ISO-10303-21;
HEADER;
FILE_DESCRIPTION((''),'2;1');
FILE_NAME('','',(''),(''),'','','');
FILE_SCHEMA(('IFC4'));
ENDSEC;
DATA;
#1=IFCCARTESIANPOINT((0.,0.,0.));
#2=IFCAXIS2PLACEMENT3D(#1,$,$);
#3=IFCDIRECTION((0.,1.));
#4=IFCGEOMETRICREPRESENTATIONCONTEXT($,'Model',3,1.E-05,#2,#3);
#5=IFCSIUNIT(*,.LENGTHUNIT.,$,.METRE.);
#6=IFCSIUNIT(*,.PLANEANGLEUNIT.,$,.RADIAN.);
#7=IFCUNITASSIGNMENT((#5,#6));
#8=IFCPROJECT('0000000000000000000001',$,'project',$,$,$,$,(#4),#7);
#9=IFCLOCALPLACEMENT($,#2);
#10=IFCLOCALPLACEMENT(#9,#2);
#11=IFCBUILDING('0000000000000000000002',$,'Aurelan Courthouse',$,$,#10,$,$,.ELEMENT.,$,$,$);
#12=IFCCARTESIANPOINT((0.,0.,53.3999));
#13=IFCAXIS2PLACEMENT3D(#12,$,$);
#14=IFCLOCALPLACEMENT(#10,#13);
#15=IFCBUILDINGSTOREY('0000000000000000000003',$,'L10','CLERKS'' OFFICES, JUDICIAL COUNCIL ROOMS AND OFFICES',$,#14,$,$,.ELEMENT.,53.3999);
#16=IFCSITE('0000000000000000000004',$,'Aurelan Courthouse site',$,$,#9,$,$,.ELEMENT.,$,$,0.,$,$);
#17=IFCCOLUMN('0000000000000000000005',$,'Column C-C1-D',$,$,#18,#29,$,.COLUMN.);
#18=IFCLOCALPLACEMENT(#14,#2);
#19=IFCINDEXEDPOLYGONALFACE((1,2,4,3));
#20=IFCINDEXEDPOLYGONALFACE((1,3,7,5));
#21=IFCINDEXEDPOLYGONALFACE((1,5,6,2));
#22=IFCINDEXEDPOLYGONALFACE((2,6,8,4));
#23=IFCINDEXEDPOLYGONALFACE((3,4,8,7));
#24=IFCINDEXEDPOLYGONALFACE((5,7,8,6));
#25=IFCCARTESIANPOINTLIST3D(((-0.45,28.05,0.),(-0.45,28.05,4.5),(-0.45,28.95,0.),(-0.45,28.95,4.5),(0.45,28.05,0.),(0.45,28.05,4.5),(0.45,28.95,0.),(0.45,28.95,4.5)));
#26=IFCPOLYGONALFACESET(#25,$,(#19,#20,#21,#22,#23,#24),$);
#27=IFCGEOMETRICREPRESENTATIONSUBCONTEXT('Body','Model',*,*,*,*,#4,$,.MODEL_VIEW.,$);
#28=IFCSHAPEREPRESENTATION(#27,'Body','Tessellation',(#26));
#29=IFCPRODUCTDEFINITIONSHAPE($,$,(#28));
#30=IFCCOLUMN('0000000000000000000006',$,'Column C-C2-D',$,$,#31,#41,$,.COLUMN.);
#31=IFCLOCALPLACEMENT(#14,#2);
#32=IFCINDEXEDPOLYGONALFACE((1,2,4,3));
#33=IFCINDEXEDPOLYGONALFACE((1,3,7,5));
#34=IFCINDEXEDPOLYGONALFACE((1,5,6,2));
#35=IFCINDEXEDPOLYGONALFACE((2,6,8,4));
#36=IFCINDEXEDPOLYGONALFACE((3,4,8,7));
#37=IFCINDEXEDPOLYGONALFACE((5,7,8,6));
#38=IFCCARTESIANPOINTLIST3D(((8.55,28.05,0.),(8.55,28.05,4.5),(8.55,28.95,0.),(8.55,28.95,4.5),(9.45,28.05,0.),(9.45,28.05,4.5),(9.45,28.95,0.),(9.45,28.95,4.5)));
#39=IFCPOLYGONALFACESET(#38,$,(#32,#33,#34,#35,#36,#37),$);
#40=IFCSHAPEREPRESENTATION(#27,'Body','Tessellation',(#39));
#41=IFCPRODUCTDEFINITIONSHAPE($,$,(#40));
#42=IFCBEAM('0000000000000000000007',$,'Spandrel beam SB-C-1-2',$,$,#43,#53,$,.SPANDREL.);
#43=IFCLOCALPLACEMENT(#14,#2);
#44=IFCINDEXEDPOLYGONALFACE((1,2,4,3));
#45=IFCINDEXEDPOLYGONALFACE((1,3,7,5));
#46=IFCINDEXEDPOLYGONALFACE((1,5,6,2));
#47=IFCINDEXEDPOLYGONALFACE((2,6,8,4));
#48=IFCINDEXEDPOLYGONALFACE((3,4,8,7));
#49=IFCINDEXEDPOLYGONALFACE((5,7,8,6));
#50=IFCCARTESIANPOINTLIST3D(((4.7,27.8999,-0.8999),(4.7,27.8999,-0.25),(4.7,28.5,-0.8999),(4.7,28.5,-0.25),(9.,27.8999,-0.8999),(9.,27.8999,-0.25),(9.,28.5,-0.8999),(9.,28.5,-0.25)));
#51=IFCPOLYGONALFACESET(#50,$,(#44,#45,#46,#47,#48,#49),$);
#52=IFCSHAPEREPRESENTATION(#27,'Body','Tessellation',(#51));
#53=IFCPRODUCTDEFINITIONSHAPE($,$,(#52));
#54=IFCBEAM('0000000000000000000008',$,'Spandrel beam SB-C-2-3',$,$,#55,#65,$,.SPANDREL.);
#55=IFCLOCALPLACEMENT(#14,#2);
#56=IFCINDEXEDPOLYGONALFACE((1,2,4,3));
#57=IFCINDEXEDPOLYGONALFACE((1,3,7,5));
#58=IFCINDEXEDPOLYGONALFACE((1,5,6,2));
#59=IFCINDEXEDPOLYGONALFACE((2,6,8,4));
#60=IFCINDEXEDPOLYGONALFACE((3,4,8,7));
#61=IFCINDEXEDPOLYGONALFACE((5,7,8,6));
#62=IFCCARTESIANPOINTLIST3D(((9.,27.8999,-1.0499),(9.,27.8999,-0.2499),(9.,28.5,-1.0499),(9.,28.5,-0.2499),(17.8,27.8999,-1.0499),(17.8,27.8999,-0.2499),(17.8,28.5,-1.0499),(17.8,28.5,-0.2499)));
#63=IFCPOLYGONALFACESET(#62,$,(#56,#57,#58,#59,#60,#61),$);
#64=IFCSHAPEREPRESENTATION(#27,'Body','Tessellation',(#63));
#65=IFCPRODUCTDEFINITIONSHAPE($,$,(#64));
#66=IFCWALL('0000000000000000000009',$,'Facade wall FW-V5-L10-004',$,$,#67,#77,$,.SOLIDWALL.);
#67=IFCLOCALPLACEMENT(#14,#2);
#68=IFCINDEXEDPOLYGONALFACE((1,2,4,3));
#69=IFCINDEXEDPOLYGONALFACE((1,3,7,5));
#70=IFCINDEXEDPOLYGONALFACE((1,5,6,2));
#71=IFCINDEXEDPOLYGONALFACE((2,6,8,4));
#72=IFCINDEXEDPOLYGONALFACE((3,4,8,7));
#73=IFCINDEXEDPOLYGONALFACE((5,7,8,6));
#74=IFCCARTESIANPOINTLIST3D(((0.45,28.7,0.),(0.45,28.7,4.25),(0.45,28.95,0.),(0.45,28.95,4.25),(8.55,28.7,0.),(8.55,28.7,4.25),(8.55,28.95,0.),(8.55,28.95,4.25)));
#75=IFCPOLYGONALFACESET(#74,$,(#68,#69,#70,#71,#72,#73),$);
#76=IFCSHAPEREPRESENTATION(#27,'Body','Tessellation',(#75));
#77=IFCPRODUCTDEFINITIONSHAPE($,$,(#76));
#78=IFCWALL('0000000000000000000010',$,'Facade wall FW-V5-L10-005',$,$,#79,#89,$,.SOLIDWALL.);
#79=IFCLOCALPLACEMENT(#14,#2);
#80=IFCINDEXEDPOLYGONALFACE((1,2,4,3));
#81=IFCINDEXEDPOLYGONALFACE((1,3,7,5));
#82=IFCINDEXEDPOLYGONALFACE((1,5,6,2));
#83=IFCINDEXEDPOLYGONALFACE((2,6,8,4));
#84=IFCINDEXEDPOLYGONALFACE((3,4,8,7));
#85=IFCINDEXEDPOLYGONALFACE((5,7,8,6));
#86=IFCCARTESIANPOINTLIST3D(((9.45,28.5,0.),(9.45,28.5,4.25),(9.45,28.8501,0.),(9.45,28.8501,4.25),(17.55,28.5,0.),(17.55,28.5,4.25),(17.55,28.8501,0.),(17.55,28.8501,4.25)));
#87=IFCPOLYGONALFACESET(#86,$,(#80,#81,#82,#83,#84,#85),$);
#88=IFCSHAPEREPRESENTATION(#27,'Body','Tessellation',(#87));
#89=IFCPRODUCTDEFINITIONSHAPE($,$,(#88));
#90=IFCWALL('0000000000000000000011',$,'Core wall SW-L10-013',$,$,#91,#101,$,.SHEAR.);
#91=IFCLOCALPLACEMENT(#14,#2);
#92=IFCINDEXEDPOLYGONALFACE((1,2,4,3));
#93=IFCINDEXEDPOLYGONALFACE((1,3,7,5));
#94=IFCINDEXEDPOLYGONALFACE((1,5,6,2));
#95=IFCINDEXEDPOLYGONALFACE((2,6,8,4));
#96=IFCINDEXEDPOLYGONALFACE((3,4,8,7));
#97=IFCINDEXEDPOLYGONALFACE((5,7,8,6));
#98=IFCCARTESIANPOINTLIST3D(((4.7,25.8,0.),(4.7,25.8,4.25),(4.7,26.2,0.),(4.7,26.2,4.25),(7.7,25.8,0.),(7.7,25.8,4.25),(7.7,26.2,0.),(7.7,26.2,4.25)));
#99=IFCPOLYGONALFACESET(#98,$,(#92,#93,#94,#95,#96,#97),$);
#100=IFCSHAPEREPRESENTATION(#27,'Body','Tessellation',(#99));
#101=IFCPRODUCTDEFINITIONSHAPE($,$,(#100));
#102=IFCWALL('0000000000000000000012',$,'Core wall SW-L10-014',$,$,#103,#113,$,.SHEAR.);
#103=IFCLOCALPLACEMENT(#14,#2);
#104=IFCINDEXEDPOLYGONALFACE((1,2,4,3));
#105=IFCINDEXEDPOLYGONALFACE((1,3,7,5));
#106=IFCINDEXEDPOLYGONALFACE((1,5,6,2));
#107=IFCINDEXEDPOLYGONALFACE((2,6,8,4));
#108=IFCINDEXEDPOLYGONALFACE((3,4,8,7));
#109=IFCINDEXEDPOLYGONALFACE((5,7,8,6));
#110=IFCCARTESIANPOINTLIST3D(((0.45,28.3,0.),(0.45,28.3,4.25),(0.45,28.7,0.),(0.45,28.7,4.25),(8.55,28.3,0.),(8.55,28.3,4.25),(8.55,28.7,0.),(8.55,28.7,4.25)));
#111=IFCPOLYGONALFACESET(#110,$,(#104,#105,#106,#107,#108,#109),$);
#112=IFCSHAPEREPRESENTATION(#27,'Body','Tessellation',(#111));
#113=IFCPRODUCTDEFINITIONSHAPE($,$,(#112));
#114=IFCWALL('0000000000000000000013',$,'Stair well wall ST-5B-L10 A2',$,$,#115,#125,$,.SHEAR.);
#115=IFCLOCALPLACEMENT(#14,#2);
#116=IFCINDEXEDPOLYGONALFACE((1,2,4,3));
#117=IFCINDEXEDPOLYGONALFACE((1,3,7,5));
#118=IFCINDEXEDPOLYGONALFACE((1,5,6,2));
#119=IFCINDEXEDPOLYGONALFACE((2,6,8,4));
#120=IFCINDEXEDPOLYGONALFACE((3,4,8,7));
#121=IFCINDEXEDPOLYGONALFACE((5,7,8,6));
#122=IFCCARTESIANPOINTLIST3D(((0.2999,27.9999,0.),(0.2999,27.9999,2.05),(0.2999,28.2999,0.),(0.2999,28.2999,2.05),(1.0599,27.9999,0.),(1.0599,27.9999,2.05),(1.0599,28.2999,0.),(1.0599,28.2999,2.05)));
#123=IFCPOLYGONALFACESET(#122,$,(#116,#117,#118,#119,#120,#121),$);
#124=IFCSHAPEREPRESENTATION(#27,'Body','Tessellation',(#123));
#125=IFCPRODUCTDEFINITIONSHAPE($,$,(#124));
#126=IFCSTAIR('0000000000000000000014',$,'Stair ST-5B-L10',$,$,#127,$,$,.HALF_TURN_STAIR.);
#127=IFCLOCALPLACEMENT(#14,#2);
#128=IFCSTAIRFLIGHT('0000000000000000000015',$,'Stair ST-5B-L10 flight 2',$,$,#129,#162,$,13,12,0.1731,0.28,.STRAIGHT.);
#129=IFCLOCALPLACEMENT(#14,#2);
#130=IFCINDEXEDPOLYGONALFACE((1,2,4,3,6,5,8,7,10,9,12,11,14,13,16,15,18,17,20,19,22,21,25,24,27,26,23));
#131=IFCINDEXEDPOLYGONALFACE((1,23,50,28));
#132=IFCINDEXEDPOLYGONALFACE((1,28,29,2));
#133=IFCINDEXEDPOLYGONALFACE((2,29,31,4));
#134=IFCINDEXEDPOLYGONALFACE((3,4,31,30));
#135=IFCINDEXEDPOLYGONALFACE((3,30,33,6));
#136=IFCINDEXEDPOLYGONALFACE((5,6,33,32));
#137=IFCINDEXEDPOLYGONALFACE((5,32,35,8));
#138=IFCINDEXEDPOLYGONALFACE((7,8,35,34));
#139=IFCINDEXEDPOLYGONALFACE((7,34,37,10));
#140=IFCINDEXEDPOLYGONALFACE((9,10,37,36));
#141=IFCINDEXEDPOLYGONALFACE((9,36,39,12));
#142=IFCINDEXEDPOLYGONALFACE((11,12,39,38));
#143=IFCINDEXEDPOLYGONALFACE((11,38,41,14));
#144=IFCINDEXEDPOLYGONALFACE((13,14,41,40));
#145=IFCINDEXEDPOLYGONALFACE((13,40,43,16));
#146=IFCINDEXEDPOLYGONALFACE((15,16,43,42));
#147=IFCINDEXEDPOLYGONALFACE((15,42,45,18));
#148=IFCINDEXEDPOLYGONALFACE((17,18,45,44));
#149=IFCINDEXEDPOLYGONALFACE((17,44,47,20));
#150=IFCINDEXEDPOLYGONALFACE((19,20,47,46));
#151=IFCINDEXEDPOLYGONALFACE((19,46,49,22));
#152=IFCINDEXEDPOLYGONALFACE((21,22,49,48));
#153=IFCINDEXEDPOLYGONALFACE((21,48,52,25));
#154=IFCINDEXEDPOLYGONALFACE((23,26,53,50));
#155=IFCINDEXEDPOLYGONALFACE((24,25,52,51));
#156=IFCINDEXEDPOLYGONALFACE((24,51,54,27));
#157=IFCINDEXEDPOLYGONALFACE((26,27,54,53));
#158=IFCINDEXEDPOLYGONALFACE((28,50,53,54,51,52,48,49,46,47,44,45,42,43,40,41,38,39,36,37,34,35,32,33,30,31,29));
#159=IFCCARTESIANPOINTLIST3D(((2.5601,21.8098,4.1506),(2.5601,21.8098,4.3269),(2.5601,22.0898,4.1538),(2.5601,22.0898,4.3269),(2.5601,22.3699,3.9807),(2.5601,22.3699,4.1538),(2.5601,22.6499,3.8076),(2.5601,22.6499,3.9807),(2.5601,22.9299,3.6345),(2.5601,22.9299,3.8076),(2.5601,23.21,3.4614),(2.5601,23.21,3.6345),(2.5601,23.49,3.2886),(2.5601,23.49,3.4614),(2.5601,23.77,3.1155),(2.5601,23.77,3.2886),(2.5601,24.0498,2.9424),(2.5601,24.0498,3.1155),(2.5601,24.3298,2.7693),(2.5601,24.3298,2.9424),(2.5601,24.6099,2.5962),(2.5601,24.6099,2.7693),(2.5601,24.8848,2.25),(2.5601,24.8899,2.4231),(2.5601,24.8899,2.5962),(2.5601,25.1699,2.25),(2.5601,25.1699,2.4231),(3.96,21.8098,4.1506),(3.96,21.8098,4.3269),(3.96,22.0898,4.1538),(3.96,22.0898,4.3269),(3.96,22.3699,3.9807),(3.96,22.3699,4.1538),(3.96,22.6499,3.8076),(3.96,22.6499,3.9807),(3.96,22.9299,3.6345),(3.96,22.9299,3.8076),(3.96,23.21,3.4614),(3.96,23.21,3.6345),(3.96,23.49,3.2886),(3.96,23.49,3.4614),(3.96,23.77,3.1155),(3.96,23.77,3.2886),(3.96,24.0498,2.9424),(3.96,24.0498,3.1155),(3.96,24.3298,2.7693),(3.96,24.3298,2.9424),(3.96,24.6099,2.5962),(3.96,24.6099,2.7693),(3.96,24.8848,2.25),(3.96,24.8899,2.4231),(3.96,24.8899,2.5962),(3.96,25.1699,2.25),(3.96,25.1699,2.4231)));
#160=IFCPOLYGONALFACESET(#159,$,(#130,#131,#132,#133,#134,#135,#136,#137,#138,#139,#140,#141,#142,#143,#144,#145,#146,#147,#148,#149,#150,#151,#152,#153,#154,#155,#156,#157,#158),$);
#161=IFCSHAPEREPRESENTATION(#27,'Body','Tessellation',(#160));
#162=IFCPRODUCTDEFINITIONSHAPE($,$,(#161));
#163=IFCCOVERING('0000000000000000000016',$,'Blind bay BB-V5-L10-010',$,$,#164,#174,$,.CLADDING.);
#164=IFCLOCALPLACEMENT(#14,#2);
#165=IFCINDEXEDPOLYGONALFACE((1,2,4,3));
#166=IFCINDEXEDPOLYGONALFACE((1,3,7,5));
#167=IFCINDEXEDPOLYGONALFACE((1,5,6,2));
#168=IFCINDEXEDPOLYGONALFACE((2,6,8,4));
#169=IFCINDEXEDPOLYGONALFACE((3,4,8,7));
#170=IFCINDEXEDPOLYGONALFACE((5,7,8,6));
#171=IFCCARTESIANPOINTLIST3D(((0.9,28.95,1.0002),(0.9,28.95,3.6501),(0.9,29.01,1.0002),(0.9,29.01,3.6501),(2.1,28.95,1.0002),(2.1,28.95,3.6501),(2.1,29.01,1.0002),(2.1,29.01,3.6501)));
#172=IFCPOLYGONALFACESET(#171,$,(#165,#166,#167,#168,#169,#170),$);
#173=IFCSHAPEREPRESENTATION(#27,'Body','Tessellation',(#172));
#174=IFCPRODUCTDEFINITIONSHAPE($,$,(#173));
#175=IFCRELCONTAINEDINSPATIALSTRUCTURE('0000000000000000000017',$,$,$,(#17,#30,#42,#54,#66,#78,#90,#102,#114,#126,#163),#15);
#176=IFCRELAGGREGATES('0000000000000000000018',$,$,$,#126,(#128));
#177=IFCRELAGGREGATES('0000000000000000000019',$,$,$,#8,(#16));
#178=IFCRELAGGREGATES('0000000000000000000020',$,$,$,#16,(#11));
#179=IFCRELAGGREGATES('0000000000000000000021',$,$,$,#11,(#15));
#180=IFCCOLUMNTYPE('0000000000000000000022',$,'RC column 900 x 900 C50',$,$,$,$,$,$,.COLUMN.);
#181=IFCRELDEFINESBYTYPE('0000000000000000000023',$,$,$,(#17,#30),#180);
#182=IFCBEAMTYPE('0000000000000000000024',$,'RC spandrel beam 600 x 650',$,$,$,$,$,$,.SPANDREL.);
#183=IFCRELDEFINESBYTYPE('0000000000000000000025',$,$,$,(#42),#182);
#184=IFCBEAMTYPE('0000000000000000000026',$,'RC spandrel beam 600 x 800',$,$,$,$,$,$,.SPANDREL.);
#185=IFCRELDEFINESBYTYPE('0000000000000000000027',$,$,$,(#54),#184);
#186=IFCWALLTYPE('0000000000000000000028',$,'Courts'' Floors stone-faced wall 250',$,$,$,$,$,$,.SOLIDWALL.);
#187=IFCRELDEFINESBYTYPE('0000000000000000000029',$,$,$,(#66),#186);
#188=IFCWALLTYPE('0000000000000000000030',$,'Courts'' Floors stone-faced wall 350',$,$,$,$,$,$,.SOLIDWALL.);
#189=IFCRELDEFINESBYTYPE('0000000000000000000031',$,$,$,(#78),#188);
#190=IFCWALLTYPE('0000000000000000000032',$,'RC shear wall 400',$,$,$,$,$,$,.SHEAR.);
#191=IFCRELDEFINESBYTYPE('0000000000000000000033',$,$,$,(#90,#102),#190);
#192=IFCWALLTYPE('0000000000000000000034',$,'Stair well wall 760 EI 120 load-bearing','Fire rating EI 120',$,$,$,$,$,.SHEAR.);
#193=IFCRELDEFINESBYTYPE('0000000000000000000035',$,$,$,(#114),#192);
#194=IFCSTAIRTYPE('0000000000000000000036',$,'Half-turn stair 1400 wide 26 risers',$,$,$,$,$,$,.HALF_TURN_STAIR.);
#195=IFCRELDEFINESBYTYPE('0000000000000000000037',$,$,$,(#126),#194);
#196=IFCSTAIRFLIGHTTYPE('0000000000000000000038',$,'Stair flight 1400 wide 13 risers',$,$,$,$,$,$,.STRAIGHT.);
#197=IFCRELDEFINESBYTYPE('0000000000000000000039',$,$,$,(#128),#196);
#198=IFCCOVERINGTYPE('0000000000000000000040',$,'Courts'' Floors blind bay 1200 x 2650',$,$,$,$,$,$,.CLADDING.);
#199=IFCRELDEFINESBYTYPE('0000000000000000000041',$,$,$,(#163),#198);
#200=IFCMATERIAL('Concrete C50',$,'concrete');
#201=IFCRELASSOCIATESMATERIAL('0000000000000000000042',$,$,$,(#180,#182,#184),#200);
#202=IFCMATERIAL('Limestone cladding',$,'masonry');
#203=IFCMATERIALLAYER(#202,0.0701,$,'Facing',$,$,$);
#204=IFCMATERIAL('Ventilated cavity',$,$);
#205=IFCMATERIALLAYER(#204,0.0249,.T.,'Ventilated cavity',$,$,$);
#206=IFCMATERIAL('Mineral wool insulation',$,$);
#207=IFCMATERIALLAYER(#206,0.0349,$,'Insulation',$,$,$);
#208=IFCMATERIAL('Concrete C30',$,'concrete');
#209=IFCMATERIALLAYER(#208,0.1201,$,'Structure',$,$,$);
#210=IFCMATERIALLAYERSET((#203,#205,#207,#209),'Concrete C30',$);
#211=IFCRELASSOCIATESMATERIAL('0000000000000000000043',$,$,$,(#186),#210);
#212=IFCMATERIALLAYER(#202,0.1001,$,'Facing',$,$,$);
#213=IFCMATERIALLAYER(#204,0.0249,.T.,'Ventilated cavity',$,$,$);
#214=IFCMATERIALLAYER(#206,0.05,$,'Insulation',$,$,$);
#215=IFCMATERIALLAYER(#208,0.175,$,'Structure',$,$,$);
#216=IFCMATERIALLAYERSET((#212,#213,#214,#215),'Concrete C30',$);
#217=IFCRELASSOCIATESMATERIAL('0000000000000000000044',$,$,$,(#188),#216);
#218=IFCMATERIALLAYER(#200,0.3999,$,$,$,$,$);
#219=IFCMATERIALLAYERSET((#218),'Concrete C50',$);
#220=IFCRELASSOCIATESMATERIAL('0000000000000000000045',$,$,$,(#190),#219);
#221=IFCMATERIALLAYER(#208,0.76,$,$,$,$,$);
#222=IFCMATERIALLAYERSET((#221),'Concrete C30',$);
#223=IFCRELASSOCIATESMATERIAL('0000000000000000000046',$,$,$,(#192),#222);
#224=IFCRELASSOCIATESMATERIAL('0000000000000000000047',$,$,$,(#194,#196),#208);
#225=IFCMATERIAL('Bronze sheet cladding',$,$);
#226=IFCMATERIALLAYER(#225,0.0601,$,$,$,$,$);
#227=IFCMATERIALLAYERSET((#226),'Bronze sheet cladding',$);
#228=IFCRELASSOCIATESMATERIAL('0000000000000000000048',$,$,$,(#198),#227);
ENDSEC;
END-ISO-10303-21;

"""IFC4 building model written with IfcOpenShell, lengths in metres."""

from ifc_helpers import new_model, si_unit, direction, frame, frame_2d, origin, origin_2d, place, context, subcontext, project, spatial, polyline, rectangle, outline, extrude, material, layer, layer_set, material_profile, profile_set, type_object, element, aggregate, save


model = new_model("IFC4")

# Units and contexts
model_context = context("Model", 3, precision=1e-05, world=origin(), true_north=direction((0.0, 1.0)))
body_context = subcontext(model_context, "Body", "Model", "MODEL_VIEW")
ifc_project = project(units=[si_unit("LENGTHUNIT", "METRE"), si_unit("PLANEANGLEUNIT", "RADIAN")], contexts=[model_context])

# Site, building, storey
site_placement = place(None, origin())
site = spatial("IfcSite", under=ifc_project, at=site_placement, Name="Aurelan Courthouse site", CompositionType="ELEMENT", RefElevation=0.0)
building_placement = place(site_placement, origin())
building = spatial("IfcBuilding", under=site, at=building_placement, Name="Aurelan Courthouse", CompositionType="ELEMENT")
storey_placement = place(building_placement, frame((0.0, 0.0, 53.3999)))
storey = spatial("IfcBuildingStorey", under=building, at=storey_placement, Name="L10", Description="CLERKS' OFFICES, JUDICIAL COUNCIL ROOMS AND OFFICES", CompositionType="ELEMENT", Elevation=53.3999)

# Columns
ifc_material_1 = material(Name="Concrete C50", Category="concrete")
ifc_material_profile_1 = material_profile(ifc_material_1, rectangle(XDim=0.8999, YDim=0.8999, at=origin_2d()), Name="RC 900 x 900")
ifc_profile_set_1 = profile_set([ifc_material_profile_1], Name="Concrete C50")
column_type = type_object("IfcColumnType", Name="RC column 900 x 900 C50", PredefinedType="COLUMN", material=ifc_profile_set_1)
for number, where, z_axis, x_axis, name in (
    (1, (0.0, 28.5, 0.0), (0.0, 0.0, 1.0), (1.0, 0.0, 0.0), "Column C-C1-D"),
    (2, (9.0, 28.5, 0.0), (0.0, 0.0, 1.0), (1.0, 0.0, 0.0), "Column C-C2-D"),
):
    element("IfcColumn", number, at=place(storey_placement, frame(where, z_axis=z_axis, x_axis=x_axis)), inside=storey, type_object=column_type, Name=name, PredefinedType="COLUMN", context=body_context, shape_type="SweptSolid", body=[
        extrude(rectangle(XDim=0.8999, YDim=0.8999, at=origin_2d()), origin(), (0.0, 0.0, 1.0), 4.5),
    ])

# Beams
ifc_material_profile_2 = material_profile(ifc_material_1, rectangle(XDim=0.6001, YDim=0.6499, at=origin_2d()), Name="RC 600 x 650")
ifc_profile_set_2 = profile_set([ifc_material_profile_2], Name="Concrete C50")
beam_type_1 = type_object("IfcBeamType", Name="RC spandrel beam 600 x 650", PredefinedType="SPANDREL", material=ifc_profile_set_2)
beam_1_placement = place(storey_placement, frame((4.7, 28.2, -0.575), z_axis=(1.0, 0.0, 0.0), x_axis=(0.0, 1.0, 0.0)))
element("IfcBeam", 3, at=beam_1_placement, inside=storey, type_object=beam_type_1, Name="Spandrel beam SB-C-1-2", PredefinedType="SPANDREL", context=body_context, shape_type="SweptSolid", body=[
    extrude(rectangle(XDim=0.6001, YDim=0.6499, at=origin_2d()), origin(), (0.0, 0.0, 1.0), 4.3),
])
ifc_material_profile_3 = material_profile(ifc_material_1, rectangle(XDim=0.6001, YDim=0.8, at=origin_2d()), Name="RC 600 x 800")
ifc_profile_set_3 = profile_set([ifc_material_profile_3], Name="Concrete C50")
beam_type_2 = type_object("IfcBeamType", Name="RC spandrel beam 600 x 800", PredefinedType="SPANDREL", material=ifc_profile_set_3)
beam_2_placement = place(storey_placement, frame((9.0, 28.2, -0.6499), z_axis=(1.0, 0.0, 0.0), x_axis=(0.0, 1.0, 0.0)))
element("IfcBeam", 4, at=beam_2_placement, inside=storey, type_object=beam_type_2, Name="Spandrel beam SB-C-2-3", PredefinedType="SPANDREL", context=body_context, shape_type="SweptSolid", body=[
    extrude(rectangle(XDim=0.6001, YDim=0.8, at=origin_2d()), origin(), (0.0, 0.0, 1.0), 8.8),
])

# Walls
ifc_material_2 = material(Name="Limestone cladding", Category="masonry")
ifc_layer_1 = layer(ifc_material_2, 0.0701, Name="Facing")
ifc_material_3 = material(Name="Ventilated cavity")
ifc_layer_2 = layer(ifc_material_3, 0.0249, ventilated=True, Name="Ventilated cavity")
ifc_material_4 = material(Name="Mineral wool insulation")
ifc_layer_3 = layer(ifc_material_4, 0.0349, Name="Insulation")
ifc_material_5 = material(Name="Concrete C30", Category="concrete")
ifc_layer_4 = layer(ifc_material_5, 0.1201, Name="Structure")
ifc_layer_set_1 = layer_set([ifc_layer_1, ifc_layer_2, ifc_layer_3, ifc_layer_4], Name="Concrete C30")
wall_type_1 = type_object("IfcWallType", Name="Courts' Floors stone-faced wall 250", PredefinedType="SOLIDWALL", material=ifc_layer_set_1)
wall_1_placement = place(storey_placement, frame((0.45, 28.825, 0.0), z_axis=(0.0, 0.0, 1.0), x_axis=(1.0, 0.0, 0.0)))
element("IfcWall", 5, at=wall_1_placement, inside=storey, type_object=wall_type_1, Name="Facade wall FW-V5-L10-004", PredefinedType="SOLIDWALL", context=body_context, shape_type="SweptSolid", body=[
    extrude(rectangle(XDim=8.1001, YDim=0.25, at=frame_2d((4.05, 0.0))), origin(), (0.0, 0.0, 1.0), 4.25),
])
ifc_layer_5 = layer(ifc_material_2, 0.1001, Name="Facing")
ifc_layer_6 = layer(ifc_material_3, 0.0249, ventilated=True, Name="Ventilated cavity")
ifc_layer_7 = layer(ifc_material_4, 0.05, Name="Insulation")
ifc_layer_8 = layer(ifc_material_5, 0.175, Name="Structure")
ifc_layer_set_2 = layer_set([ifc_layer_5, ifc_layer_6, ifc_layer_7, ifc_layer_8], Name="Concrete C30")
wall_type_2 = type_object("IfcWallType", Name="Courts' Floors stone-faced wall 350", PredefinedType="SOLIDWALL", material=ifc_layer_set_2)
wall_2_placement = place(storey_placement, frame((9.45, 28.675, 0.0), z_axis=(0.0, 0.0, 1.0), x_axis=(1.0, 0.0, 0.0)))
element("IfcWall", 6, at=wall_2_placement, inside=storey, type_object=wall_type_2, Name="Facade wall FW-V5-L10-005", PredefinedType="SOLIDWALL", context=body_context, shape_type="SweptSolid", body=[
    extrude(rectangle(XDim=8.1001, YDim=0.3501, at=frame_2d((4.05, 0.0))), origin(), (0.0, 0.0, 1.0), 4.25),
])
ifc_layer_9 = layer(ifc_material_1, 0.3999)
ifc_layer_set_3 = layer_set([ifc_layer_9], Name="Concrete C50")
wall_type_3 = type_object("IfcWallType", Name="RC shear wall 400", PredefinedType="SHEAR", material=ifc_layer_set_3)
wall_3_placement = place(storey_placement, frame((4.7, 26.0, 0.0), z_axis=(0.0, 0.0, 1.0), x_axis=(1.0, 0.0, 0.0)))
element("IfcWall", 7, at=wall_3_placement, inside=storey, type_object=wall_type_3, Name="Core wall SW-L10-013", PredefinedType="SHEAR", context=body_context, shape_type="SweptSolid", body=[
    extrude(rectangle(XDim=3.0, YDim=0.3999, at=frame_2d((1.5, 0.0))), origin(), (0.0, 0.0, 1.0), 4.25),
])
wall_4_placement = place(storey_placement, frame((0.45, 28.5, 0.0), z_axis=(0.0, 0.0, 1.0), x_axis=(1.0, 0.0, 0.0)))
element("IfcWall", 8, at=wall_4_placement, inside=storey, type_object=wall_type_3, Name="Core wall SW-L10-014", PredefinedType="SHEAR", context=body_context, shape_type="SweptSolid", body=[
    extrude(rectangle(XDim=8.1001, YDim=0.3999, at=frame_2d((4.05, 0.0))), origin(), (0.0, 0.0, 1.0), 4.25),
])
ifc_layer_10 = layer(ifc_material_5, 0.76)
ifc_layer_set_4 = layer_set([ifc_layer_10], Name="Concrete C30")
wall_type_4 = type_object("IfcWallType", Name="Stair well wall 760 EI 120 load-bearing", Description="Fire rating EI 120", PredefinedType="SHEAR", material=ifc_layer_set_4)
wall_5_placement = place(storey_placement, frame((0.6799, 28.0, 0.0), z_axis=(0.0, 0.0, 1.0), x_axis=(0.0, 1.0, 0.0)))
element("IfcWall", 9, at=wall_5_placement, inside=storey, type_object=wall_type_4, Name="Stair well wall ST-5B-L10 A2", PredefinedType="SHEAR", context=body_context, shape_type="SweptSolid", body=[
    extrude(rectangle(XDim=0.3, YDim=0.76, at=frame_2d((0.1499, 0.0))), origin(), (0.0, 0.0, 1.0), 2.05),
])

# Stair, stair flight
stair_type = type_object("IfcStairType", Name="Half-turn stair 1400 wide 26 risers", PredefinedType="HALF_TURN_STAIR", material=ifc_material_5)
stair_placement = place(storey_placement, origin())
stair = element("IfcStair", 10, at=stair_placement, inside=storey, type_object=stair_type, Name="Stair ST-5B-L10", PredefinedType="HALF_TURN_STAIR")
stair_flight_type = type_object("IfcStairFlightType", Name="Stair flight 1400 wide 13 risers", PredefinedType="STRAIGHT", material=ifc_material_5)
stair_flight_placement = place(storey_placement, frame((3.26, 25.1699, 2.25), z_axis=(0.0, 0.0, 1.0), x_axis=(0.0, -1.0, 0.0)))
stair_flight = element("IfcStairFlight", 11, at=stair_flight_placement, type_object=stair_flight_type, Name="Stair ST-5B-L10 flight 2", NumberOfRisers=13, NumberOfTreads=12, PredefinedType="STRAIGHT", RiserHeight=0.1731, TreadLength=0.28, context=body_context, shape_type="SweptSolid", body=[
    extrude(outline(polyline([(0.0, 0.0), (0.0, 0.1731), (0.28, 0.1731), (0.28, 0.3462), (0.5601, 0.3462), (0.5601, 0.5193), (0.8401, 0.5193), (0.8401, 0.6924), (1.1201, 0.6924), (1.1201, 0.8655), (1.3999, 0.8655), (1.3999, 1.0386), (1.6799, 1.0386), (1.6799, 1.2114), (1.96, 1.2114), (1.96, 1.3845), (2.24, 1.3845), (2.24, 1.5576), (2.52, 1.5576), (2.52, 1.7307), (2.8, 1.7307), (2.8, 1.9038), (3.0801, 1.9038), (3.0801, 2.0769), (3.3601, 2.0769), (3.3601, 2.25), (3.3601, 1.9006), (0.2852, 0.0), (0.0, 0.0)])), frame((0.0, 0.7, 0.0), z_axis=(0.0, -1.0, 0.0), x_axis=(1.0, 0.0, 0.0)), (0.0, 0.0, 1.0), 1.3999),
])
aggregate(stair, [stair_flight])

# Covering
ifc_material_6 = material(Name="Bronze sheet cladding")
ifc_layer_11 = layer(ifc_material_6, 0.0601)
ifc_layer_set_5 = layer_set([ifc_layer_11], Name="Bronze sheet cladding")
covering_type_1 = type_object("IfcCoveringType", Name="Courts' Floors blind bay 1200 x 2650", PredefinedType="CLADDING", material=ifc_layer_set_5)
for number, where, z_axis, x_axis, name in (
    (12, (1.5, 28.98, 1.0002), (0.0, 0.0, 1.0), (1.0, 0.0, 0.0), "Blind bay BB-V5-L10-010"),
):
    element("IfcCovering", number, at=place(storey_placement, frame(where, z_axis=z_axis, x_axis=x_axis)), inside=storey, type_object=covering_type_1, Name=name, PredefinedType="CLADDING", context=body_context, shape_type="SweptSolid", body=[
        extrude(rectangle(XDim=1.2, YDim=0.0601, at=origin_2d()), origin(), (0.0, 0.0, 1.0), 2.6499),
    ])

save(model, "model.ifc")
